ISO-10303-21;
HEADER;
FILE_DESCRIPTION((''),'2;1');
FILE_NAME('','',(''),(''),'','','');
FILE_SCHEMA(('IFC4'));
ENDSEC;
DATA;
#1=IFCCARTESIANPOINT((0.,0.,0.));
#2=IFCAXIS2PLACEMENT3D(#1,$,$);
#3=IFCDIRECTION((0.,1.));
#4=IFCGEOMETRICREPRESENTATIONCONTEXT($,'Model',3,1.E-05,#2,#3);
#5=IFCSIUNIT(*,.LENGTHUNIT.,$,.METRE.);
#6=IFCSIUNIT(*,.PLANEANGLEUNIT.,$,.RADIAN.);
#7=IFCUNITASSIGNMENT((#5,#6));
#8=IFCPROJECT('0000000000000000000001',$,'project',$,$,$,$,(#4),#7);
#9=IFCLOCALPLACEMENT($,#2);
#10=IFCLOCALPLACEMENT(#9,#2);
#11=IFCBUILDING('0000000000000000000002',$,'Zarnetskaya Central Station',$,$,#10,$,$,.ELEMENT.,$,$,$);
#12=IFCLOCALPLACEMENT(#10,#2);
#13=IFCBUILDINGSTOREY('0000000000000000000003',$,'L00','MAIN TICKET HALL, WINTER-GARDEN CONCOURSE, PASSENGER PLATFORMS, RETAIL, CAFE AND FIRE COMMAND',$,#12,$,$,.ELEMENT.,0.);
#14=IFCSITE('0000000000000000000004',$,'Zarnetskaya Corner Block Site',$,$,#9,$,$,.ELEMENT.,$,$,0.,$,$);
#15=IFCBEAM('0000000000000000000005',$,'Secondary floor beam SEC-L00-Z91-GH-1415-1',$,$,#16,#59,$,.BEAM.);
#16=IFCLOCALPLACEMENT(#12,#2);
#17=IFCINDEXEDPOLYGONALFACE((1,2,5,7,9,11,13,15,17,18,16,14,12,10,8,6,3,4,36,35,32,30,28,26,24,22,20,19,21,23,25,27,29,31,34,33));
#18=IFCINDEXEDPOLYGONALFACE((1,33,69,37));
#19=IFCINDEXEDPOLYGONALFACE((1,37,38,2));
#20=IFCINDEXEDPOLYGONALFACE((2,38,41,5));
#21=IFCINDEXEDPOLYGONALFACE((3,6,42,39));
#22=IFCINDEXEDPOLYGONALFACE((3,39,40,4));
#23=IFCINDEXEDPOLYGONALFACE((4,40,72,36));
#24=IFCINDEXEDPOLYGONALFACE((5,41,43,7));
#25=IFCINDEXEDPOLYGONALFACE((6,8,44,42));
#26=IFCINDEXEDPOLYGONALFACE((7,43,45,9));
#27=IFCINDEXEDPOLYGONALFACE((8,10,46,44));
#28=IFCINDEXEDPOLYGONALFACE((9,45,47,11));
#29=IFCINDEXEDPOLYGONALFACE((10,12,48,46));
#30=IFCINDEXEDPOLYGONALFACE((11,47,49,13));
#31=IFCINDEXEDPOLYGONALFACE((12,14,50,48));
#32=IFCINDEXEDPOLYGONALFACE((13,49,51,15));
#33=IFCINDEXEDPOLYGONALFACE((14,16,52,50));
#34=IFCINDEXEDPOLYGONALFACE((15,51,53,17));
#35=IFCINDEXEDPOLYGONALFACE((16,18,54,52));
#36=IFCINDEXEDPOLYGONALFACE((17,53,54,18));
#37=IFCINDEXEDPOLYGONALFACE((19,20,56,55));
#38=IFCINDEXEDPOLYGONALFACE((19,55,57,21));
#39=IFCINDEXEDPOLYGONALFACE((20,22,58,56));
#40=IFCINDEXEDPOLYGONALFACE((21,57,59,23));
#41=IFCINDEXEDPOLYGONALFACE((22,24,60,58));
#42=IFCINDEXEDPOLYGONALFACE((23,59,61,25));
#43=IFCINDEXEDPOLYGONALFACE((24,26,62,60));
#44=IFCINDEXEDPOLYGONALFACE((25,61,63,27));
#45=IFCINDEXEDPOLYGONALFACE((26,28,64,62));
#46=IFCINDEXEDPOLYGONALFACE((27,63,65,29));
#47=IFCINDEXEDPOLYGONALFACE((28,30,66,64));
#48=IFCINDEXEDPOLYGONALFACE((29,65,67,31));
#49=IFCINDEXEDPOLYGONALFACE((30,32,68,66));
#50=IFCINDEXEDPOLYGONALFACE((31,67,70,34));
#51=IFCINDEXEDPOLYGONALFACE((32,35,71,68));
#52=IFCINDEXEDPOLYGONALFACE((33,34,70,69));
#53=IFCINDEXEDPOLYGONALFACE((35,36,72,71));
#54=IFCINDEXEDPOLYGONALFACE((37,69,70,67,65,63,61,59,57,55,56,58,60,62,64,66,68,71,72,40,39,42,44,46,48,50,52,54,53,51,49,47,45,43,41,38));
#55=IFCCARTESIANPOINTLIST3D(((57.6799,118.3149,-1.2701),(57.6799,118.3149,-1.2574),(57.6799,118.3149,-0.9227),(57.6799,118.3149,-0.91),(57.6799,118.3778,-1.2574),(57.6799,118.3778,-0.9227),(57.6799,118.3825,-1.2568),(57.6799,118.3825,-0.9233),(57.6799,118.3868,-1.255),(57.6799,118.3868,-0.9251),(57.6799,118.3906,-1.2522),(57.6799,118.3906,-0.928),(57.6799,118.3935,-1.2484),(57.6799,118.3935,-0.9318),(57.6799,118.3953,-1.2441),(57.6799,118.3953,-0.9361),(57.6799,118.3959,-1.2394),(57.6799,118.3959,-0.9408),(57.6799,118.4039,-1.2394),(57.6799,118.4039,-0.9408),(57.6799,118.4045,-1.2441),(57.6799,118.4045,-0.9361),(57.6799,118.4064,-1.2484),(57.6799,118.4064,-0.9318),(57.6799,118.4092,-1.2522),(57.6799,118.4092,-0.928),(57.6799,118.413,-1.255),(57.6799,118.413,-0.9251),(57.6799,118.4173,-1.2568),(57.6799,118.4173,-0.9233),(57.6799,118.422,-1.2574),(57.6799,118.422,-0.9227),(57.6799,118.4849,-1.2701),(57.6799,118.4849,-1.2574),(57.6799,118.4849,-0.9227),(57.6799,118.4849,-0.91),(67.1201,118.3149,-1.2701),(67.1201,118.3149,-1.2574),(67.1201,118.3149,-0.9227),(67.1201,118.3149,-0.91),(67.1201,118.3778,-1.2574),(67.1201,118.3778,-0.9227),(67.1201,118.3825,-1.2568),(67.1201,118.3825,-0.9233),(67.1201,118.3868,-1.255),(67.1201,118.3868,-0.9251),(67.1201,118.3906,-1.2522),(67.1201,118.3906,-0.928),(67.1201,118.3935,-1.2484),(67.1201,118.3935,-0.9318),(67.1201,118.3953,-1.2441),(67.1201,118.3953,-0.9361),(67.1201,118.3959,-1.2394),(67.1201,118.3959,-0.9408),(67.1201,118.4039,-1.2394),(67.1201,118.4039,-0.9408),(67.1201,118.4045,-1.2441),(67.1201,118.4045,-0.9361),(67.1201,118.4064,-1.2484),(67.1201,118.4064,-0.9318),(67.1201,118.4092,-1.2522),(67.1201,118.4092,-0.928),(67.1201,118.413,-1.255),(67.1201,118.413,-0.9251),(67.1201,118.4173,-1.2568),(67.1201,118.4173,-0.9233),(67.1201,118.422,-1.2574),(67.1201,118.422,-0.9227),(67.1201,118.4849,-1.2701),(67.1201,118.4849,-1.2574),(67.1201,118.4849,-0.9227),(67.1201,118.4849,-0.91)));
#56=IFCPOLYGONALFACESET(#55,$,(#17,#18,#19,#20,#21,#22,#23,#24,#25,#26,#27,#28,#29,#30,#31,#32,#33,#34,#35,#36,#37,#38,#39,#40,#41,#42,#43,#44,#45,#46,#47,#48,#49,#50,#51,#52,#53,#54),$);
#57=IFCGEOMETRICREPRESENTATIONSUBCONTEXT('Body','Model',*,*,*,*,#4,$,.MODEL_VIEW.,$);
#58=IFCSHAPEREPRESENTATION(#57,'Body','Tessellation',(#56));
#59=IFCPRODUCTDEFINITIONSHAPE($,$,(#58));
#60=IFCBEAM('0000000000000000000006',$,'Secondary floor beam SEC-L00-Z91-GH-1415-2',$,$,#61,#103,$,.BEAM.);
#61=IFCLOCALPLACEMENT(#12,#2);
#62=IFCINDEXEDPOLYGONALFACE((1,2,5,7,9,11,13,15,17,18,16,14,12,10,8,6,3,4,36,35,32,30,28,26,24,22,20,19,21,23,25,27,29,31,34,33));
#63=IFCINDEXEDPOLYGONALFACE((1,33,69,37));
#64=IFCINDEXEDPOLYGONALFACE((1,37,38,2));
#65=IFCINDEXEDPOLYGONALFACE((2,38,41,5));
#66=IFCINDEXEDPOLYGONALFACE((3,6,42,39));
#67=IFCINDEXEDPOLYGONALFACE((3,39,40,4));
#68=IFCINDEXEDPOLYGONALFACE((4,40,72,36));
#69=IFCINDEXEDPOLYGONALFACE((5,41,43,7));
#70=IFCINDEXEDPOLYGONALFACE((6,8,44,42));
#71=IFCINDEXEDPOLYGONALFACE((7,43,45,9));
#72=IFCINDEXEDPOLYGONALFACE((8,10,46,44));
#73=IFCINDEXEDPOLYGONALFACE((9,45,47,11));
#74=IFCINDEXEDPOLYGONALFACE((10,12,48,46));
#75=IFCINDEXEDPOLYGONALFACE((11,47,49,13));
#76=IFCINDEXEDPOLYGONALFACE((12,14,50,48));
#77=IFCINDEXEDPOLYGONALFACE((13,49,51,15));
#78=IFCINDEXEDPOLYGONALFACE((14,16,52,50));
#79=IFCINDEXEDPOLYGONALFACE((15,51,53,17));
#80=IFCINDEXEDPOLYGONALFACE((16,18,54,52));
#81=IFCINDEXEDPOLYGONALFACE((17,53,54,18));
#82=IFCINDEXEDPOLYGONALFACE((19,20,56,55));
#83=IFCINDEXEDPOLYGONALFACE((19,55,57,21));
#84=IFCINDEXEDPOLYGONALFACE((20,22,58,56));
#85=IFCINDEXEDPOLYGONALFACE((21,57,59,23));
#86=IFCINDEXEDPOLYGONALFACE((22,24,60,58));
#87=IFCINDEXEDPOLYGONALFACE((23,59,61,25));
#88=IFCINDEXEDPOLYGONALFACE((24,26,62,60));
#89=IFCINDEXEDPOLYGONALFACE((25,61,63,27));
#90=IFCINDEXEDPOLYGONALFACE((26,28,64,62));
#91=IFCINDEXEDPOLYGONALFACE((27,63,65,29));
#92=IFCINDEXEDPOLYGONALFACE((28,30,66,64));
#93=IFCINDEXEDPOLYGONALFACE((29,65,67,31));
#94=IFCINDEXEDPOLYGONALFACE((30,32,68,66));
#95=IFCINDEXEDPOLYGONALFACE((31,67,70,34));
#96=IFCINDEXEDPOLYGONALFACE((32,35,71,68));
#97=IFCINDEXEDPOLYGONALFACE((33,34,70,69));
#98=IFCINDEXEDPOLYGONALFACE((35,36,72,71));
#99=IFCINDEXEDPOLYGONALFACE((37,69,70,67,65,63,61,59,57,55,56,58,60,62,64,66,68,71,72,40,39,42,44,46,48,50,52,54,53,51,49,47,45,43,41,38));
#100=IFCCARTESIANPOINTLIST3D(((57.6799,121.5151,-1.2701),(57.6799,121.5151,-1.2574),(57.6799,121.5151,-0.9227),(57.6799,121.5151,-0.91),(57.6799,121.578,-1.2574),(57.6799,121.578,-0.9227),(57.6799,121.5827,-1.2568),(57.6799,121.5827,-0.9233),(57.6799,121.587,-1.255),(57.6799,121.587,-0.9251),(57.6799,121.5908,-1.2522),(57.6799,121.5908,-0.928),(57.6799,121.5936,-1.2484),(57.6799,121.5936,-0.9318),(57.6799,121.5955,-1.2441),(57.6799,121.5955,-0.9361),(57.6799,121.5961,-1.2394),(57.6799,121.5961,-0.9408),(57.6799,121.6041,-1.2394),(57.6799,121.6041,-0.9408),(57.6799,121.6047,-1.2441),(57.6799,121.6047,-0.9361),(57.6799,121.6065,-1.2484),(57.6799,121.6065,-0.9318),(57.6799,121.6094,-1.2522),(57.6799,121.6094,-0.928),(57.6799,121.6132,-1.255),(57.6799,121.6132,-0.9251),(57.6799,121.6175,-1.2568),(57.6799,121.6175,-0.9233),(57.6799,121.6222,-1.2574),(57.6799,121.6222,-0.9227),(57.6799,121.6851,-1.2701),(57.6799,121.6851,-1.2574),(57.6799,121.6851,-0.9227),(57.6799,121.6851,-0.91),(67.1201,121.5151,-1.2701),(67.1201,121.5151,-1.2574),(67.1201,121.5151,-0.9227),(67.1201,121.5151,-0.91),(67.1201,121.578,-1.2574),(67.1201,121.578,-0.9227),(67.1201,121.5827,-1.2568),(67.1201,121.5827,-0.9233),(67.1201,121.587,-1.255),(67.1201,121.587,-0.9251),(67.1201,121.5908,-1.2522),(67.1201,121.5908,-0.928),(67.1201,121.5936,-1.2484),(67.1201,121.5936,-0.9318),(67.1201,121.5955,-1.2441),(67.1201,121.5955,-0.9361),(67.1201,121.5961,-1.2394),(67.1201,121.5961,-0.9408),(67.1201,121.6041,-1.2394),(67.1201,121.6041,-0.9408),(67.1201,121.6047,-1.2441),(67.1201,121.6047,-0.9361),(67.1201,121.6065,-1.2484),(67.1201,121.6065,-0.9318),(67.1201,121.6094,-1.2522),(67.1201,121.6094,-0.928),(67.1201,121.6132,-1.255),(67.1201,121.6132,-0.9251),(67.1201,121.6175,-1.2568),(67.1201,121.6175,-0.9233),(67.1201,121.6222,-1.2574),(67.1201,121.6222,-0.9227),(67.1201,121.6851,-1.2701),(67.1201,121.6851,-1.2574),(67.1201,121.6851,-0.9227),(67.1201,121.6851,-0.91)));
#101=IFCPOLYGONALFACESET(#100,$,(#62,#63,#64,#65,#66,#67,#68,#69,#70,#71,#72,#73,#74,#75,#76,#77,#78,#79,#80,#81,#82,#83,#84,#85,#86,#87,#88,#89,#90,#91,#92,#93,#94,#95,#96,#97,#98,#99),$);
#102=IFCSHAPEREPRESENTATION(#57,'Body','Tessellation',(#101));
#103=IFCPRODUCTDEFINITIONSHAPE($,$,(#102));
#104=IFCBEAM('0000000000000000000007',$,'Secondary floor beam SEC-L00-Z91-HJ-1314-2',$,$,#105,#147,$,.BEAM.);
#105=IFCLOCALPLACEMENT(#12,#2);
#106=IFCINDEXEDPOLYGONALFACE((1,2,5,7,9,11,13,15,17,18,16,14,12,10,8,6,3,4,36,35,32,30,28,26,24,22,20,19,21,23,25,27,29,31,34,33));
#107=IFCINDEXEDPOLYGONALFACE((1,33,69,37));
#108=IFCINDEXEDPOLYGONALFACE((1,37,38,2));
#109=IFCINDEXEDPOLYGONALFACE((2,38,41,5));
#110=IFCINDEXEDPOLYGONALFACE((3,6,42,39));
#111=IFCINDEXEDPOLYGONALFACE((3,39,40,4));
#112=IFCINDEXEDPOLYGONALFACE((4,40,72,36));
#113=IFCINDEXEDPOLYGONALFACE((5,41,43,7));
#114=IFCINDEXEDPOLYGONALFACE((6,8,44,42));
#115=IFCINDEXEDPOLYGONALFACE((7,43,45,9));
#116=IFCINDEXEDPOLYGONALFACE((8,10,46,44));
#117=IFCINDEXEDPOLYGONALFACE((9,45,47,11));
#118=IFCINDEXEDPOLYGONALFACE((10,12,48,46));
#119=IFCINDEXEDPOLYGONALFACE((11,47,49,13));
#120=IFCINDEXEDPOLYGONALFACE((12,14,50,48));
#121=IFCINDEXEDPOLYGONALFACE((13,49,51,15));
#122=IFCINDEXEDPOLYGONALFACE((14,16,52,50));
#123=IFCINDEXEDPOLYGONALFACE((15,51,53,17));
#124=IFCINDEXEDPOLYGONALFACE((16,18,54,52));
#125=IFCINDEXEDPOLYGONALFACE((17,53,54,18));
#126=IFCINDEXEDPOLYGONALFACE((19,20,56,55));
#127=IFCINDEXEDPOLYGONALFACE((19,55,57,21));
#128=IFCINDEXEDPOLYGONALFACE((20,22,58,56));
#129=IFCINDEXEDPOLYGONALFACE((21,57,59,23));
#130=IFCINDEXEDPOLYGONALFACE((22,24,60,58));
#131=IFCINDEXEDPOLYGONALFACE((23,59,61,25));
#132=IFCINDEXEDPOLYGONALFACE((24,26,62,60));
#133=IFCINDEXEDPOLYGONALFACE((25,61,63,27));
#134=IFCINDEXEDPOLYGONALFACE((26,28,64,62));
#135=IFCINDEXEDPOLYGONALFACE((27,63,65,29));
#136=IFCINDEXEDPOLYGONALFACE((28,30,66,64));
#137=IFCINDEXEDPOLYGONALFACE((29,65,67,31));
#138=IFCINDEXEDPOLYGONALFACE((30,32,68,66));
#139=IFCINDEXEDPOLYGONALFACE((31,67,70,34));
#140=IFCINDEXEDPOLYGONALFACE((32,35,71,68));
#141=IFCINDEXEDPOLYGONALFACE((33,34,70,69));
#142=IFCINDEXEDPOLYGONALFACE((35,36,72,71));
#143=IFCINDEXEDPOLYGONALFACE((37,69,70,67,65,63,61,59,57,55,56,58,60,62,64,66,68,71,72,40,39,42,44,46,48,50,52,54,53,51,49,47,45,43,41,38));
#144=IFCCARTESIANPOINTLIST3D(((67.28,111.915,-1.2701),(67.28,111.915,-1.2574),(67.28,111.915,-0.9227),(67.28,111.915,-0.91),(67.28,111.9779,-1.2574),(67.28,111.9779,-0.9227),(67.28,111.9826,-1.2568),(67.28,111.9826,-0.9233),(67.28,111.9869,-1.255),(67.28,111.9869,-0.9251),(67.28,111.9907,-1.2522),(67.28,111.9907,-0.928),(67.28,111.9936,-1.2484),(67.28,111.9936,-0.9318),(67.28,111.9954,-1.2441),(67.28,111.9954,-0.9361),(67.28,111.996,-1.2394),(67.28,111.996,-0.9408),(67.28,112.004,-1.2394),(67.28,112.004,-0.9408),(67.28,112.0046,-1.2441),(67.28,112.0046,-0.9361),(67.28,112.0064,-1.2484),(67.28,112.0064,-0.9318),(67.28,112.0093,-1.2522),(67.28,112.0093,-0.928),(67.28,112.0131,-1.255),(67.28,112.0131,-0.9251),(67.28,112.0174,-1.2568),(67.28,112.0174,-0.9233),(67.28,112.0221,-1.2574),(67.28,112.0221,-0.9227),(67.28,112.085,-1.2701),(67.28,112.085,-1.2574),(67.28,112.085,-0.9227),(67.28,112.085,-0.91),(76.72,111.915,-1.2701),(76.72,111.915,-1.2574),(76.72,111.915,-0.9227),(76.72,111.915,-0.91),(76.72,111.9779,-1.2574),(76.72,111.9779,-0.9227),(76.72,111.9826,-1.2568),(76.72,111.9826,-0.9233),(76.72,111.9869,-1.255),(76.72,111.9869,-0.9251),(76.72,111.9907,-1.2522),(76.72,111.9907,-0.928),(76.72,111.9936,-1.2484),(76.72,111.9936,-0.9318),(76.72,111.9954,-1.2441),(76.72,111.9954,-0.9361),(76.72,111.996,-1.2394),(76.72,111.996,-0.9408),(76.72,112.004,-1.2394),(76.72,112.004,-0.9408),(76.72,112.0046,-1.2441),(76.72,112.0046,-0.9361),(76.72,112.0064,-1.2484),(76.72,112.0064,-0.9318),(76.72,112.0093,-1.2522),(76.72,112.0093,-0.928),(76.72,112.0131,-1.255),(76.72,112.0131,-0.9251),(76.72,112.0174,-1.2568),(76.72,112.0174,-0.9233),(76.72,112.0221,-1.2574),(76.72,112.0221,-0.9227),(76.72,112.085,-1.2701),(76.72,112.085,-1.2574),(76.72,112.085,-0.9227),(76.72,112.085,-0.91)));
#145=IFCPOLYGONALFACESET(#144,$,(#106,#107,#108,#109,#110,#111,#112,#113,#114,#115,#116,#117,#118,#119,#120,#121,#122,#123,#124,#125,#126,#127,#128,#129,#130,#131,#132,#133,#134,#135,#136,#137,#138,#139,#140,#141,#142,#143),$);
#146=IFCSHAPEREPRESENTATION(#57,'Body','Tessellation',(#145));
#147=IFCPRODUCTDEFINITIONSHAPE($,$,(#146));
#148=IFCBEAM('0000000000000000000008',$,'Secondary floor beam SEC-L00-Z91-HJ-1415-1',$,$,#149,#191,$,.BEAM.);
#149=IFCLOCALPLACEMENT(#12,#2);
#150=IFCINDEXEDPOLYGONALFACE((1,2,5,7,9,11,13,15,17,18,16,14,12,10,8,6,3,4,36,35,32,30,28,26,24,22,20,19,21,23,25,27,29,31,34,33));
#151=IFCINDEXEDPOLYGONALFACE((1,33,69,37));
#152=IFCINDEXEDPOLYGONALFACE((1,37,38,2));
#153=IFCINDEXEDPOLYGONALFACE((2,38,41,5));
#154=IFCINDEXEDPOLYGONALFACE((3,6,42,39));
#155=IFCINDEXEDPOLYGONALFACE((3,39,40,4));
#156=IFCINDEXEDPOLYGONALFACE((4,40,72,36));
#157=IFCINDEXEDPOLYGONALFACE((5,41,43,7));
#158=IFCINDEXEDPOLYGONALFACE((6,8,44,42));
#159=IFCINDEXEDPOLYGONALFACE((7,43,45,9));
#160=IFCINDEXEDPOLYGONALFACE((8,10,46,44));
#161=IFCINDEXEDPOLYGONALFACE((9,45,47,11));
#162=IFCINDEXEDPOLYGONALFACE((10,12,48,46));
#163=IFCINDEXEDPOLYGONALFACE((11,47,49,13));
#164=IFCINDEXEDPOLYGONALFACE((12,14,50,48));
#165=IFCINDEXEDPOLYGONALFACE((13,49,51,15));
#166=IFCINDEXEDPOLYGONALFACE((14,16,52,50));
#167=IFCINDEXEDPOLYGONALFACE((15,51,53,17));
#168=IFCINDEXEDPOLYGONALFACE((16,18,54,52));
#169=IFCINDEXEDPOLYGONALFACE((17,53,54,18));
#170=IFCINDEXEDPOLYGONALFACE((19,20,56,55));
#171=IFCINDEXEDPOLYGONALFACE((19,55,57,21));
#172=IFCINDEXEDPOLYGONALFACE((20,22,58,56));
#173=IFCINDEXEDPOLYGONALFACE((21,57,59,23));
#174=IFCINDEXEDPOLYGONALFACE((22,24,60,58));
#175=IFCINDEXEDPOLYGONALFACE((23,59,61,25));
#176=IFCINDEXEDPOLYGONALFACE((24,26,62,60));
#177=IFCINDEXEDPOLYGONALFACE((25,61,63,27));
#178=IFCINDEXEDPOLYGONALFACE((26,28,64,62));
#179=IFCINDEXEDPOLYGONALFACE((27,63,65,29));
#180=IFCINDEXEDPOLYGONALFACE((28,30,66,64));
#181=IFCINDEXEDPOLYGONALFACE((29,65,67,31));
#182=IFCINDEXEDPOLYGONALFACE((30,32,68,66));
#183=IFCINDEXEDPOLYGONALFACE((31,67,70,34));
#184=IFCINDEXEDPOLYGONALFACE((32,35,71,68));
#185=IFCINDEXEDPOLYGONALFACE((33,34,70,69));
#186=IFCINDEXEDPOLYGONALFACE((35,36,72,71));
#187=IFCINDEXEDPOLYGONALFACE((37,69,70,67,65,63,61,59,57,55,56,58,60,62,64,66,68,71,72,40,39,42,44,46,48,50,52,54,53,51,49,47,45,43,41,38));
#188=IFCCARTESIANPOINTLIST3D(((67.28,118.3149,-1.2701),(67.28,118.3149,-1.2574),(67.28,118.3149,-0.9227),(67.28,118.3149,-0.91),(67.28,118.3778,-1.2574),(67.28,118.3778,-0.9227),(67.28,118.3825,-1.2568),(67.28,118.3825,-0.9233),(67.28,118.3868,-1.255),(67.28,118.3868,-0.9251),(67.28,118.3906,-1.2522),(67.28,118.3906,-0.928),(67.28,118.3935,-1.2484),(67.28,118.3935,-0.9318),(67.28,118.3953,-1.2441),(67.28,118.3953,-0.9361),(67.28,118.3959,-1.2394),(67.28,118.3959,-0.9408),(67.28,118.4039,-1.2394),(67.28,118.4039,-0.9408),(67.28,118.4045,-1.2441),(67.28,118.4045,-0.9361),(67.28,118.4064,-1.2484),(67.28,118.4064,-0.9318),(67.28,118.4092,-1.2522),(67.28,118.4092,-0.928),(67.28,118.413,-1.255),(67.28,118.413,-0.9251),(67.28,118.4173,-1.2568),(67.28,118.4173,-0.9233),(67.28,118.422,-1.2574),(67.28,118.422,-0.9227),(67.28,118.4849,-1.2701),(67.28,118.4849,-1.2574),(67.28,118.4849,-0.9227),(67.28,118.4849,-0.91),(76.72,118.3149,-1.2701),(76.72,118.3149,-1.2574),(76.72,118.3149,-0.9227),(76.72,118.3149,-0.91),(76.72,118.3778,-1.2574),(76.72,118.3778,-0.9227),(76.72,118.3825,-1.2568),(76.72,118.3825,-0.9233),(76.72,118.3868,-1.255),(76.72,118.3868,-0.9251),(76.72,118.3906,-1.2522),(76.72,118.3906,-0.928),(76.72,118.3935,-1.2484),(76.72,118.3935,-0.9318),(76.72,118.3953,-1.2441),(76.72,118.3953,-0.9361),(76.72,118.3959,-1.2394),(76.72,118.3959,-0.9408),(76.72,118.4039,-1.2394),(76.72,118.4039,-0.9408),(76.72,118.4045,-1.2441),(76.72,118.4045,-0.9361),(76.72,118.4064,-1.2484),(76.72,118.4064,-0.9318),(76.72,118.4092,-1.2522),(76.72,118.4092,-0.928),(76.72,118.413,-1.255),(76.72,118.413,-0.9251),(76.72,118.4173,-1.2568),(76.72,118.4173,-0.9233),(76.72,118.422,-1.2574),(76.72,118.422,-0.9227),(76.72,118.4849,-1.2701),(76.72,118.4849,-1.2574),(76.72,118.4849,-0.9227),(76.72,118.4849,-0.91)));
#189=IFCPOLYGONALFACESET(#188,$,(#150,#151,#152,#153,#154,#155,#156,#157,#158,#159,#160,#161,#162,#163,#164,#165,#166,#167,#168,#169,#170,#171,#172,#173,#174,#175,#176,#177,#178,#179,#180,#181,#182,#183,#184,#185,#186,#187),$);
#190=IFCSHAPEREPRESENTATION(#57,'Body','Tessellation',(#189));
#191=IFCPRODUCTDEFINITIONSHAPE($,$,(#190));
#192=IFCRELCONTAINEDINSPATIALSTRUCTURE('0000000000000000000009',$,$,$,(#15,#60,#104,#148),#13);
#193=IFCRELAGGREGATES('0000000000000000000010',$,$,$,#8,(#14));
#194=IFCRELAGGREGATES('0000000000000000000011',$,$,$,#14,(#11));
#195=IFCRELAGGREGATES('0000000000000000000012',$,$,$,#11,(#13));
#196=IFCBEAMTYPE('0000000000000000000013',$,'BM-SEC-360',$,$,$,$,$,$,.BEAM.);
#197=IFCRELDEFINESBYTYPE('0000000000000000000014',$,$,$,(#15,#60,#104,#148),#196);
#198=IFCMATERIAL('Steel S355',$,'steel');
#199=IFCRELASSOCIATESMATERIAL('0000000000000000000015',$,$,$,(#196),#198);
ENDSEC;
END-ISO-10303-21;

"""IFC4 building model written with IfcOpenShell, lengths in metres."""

from ifc_helpers import new_model, si_unit, direction, frame, origin, origin_2d, place, context, subcontext, project, spatial, i_section, extrude, material, material_profile, profile_set, type_object, element, save


model = new_model("IFC4")

# Units and contexts
model_context = context("Model", 3, precision=1e-05, world=origin(), true_north=direction((0.0, 1.0)))
body_context = subcontext(model_context, "Body", "Model", "MODEL_VIEW")
ifc_project = project(units=[si_unit("LENGTHUNIT", "METRE"), si_unit("PLANEANGLEUNIT", "RADIAN")], contexts=[model_context])

# Site, building, storey
site_placement = place(None, origin())
site = spatial("IfcSite", under=ifc_project, at=site_placement, Name="Zarnetskaya Corner Block Site", CompositionType="ELEMENT", RefElevation=0.0)
building_placement = place(site_placement, origin())
building = spatial("IfcBuilding", under=site, at=building_placement, Name="Zarnetskaya Central Station", CompositionType="ELEMENT")
storey_placement = place(building_placement, origin())
storey = spatial("IfcBuildingStorey", under=building, at=storey_placement, Name="L00", Description="MAIN TICKET HALL, WINTER-GARDEN CONCOURSE, PASSENGER PLATFORMS, RETAIL, CAFE AND FIRE COMMAND", CompositionType="ELEMENT", Elevation=0.0)

# Shared definitions
ifc_material_1 = material(Name="Steel S355", Category="steel")

# Beams
ifc_material_profile_1 = material_profile(ifc_material_1, i_section(OverallWidth=0.1699, OverallDepth=0.3601, WebThickness=0.0081, FlangeThickness=0.0127, FilletRadius=0.0181, at=origin_2d()), Name="IPE 360")
ifc_profile_set_1 = profile_set([ifc_material_profile_1], Name="Steel S355")
beam_type_1 = type_object("IfcBeamType", Name="BM-SEC-360", PredefinedType="BEAM", material=ifc_profile_set_1)
for number, where, z_axis, x_axis, name in (
    (1, (57.6799, 118.3999, -1.0901), (1.0, 0.0, 0.0), (0.0, 1.0, 0.0), "Secondary floor beam SEC-L00-Z91-GH-1415-1"),
    (2, (57.6799, 121.6001, -1.0901), (1.0, 0.0, 0.0), (0.0, 1.0, 0.0), "Secondary floor beam SEC-L00-Z91-GH-1415-2"),
):
    element("IfcBeam", number, at=place(storey_placement, frame(where, z_axis=z_axis, x_axis=x_axis)), inside=storey, type_object=beam_type_1, Name=name, PredefinedType="BEAM", context=body_context, shape_type="SweptSolid", body=[
        extrude(i_section(OverallWidth=0.1699, OverallDepth=0.3601, WebThickness=0.0081, FlangeThickness=0.0127, FilletRadius=0.0181, at=origin_2d()), origin(), (0.0, 0.0, 1.0), 9.4402),
    ])
for number, where, z_axis, x_axis, name in (
    (3, (67.28, 112.0, -1.0901), (1.0, 0.0, 0.0), (0.0, 1.0, 0.0), "Secondary floor beam SEC-L00-Z91-HJ-1314-2"),
    (4, (67.28, 118.3999, -1.0901), (1.0, 0.0, 0.0), (0.0, 1.0, 0.0), "Secondary floor beam SEC-L00-Z91-HJ-1415-1"),
):
    element("IfcBeam", number, at=place(storey_placement, frame(where, z_axis=z_axis, x_axis=x_axis)), inside=storey, type_object=beam_type_1, Name=name, PredefinedType="BEAM", context=body_context, shape_type="SweptSolid", body=[
        extrude(i_section(OverallWidth=0.1699, OverallDepth=0.3601, WebThickness=0.0081, FlangeThickness=0.0127, FilletRadius=0.0181, at=origin_2d()), origin(), (0.0, 0.0, 1.0), 9.4399),
    ])

save(model, "model.ifc")
